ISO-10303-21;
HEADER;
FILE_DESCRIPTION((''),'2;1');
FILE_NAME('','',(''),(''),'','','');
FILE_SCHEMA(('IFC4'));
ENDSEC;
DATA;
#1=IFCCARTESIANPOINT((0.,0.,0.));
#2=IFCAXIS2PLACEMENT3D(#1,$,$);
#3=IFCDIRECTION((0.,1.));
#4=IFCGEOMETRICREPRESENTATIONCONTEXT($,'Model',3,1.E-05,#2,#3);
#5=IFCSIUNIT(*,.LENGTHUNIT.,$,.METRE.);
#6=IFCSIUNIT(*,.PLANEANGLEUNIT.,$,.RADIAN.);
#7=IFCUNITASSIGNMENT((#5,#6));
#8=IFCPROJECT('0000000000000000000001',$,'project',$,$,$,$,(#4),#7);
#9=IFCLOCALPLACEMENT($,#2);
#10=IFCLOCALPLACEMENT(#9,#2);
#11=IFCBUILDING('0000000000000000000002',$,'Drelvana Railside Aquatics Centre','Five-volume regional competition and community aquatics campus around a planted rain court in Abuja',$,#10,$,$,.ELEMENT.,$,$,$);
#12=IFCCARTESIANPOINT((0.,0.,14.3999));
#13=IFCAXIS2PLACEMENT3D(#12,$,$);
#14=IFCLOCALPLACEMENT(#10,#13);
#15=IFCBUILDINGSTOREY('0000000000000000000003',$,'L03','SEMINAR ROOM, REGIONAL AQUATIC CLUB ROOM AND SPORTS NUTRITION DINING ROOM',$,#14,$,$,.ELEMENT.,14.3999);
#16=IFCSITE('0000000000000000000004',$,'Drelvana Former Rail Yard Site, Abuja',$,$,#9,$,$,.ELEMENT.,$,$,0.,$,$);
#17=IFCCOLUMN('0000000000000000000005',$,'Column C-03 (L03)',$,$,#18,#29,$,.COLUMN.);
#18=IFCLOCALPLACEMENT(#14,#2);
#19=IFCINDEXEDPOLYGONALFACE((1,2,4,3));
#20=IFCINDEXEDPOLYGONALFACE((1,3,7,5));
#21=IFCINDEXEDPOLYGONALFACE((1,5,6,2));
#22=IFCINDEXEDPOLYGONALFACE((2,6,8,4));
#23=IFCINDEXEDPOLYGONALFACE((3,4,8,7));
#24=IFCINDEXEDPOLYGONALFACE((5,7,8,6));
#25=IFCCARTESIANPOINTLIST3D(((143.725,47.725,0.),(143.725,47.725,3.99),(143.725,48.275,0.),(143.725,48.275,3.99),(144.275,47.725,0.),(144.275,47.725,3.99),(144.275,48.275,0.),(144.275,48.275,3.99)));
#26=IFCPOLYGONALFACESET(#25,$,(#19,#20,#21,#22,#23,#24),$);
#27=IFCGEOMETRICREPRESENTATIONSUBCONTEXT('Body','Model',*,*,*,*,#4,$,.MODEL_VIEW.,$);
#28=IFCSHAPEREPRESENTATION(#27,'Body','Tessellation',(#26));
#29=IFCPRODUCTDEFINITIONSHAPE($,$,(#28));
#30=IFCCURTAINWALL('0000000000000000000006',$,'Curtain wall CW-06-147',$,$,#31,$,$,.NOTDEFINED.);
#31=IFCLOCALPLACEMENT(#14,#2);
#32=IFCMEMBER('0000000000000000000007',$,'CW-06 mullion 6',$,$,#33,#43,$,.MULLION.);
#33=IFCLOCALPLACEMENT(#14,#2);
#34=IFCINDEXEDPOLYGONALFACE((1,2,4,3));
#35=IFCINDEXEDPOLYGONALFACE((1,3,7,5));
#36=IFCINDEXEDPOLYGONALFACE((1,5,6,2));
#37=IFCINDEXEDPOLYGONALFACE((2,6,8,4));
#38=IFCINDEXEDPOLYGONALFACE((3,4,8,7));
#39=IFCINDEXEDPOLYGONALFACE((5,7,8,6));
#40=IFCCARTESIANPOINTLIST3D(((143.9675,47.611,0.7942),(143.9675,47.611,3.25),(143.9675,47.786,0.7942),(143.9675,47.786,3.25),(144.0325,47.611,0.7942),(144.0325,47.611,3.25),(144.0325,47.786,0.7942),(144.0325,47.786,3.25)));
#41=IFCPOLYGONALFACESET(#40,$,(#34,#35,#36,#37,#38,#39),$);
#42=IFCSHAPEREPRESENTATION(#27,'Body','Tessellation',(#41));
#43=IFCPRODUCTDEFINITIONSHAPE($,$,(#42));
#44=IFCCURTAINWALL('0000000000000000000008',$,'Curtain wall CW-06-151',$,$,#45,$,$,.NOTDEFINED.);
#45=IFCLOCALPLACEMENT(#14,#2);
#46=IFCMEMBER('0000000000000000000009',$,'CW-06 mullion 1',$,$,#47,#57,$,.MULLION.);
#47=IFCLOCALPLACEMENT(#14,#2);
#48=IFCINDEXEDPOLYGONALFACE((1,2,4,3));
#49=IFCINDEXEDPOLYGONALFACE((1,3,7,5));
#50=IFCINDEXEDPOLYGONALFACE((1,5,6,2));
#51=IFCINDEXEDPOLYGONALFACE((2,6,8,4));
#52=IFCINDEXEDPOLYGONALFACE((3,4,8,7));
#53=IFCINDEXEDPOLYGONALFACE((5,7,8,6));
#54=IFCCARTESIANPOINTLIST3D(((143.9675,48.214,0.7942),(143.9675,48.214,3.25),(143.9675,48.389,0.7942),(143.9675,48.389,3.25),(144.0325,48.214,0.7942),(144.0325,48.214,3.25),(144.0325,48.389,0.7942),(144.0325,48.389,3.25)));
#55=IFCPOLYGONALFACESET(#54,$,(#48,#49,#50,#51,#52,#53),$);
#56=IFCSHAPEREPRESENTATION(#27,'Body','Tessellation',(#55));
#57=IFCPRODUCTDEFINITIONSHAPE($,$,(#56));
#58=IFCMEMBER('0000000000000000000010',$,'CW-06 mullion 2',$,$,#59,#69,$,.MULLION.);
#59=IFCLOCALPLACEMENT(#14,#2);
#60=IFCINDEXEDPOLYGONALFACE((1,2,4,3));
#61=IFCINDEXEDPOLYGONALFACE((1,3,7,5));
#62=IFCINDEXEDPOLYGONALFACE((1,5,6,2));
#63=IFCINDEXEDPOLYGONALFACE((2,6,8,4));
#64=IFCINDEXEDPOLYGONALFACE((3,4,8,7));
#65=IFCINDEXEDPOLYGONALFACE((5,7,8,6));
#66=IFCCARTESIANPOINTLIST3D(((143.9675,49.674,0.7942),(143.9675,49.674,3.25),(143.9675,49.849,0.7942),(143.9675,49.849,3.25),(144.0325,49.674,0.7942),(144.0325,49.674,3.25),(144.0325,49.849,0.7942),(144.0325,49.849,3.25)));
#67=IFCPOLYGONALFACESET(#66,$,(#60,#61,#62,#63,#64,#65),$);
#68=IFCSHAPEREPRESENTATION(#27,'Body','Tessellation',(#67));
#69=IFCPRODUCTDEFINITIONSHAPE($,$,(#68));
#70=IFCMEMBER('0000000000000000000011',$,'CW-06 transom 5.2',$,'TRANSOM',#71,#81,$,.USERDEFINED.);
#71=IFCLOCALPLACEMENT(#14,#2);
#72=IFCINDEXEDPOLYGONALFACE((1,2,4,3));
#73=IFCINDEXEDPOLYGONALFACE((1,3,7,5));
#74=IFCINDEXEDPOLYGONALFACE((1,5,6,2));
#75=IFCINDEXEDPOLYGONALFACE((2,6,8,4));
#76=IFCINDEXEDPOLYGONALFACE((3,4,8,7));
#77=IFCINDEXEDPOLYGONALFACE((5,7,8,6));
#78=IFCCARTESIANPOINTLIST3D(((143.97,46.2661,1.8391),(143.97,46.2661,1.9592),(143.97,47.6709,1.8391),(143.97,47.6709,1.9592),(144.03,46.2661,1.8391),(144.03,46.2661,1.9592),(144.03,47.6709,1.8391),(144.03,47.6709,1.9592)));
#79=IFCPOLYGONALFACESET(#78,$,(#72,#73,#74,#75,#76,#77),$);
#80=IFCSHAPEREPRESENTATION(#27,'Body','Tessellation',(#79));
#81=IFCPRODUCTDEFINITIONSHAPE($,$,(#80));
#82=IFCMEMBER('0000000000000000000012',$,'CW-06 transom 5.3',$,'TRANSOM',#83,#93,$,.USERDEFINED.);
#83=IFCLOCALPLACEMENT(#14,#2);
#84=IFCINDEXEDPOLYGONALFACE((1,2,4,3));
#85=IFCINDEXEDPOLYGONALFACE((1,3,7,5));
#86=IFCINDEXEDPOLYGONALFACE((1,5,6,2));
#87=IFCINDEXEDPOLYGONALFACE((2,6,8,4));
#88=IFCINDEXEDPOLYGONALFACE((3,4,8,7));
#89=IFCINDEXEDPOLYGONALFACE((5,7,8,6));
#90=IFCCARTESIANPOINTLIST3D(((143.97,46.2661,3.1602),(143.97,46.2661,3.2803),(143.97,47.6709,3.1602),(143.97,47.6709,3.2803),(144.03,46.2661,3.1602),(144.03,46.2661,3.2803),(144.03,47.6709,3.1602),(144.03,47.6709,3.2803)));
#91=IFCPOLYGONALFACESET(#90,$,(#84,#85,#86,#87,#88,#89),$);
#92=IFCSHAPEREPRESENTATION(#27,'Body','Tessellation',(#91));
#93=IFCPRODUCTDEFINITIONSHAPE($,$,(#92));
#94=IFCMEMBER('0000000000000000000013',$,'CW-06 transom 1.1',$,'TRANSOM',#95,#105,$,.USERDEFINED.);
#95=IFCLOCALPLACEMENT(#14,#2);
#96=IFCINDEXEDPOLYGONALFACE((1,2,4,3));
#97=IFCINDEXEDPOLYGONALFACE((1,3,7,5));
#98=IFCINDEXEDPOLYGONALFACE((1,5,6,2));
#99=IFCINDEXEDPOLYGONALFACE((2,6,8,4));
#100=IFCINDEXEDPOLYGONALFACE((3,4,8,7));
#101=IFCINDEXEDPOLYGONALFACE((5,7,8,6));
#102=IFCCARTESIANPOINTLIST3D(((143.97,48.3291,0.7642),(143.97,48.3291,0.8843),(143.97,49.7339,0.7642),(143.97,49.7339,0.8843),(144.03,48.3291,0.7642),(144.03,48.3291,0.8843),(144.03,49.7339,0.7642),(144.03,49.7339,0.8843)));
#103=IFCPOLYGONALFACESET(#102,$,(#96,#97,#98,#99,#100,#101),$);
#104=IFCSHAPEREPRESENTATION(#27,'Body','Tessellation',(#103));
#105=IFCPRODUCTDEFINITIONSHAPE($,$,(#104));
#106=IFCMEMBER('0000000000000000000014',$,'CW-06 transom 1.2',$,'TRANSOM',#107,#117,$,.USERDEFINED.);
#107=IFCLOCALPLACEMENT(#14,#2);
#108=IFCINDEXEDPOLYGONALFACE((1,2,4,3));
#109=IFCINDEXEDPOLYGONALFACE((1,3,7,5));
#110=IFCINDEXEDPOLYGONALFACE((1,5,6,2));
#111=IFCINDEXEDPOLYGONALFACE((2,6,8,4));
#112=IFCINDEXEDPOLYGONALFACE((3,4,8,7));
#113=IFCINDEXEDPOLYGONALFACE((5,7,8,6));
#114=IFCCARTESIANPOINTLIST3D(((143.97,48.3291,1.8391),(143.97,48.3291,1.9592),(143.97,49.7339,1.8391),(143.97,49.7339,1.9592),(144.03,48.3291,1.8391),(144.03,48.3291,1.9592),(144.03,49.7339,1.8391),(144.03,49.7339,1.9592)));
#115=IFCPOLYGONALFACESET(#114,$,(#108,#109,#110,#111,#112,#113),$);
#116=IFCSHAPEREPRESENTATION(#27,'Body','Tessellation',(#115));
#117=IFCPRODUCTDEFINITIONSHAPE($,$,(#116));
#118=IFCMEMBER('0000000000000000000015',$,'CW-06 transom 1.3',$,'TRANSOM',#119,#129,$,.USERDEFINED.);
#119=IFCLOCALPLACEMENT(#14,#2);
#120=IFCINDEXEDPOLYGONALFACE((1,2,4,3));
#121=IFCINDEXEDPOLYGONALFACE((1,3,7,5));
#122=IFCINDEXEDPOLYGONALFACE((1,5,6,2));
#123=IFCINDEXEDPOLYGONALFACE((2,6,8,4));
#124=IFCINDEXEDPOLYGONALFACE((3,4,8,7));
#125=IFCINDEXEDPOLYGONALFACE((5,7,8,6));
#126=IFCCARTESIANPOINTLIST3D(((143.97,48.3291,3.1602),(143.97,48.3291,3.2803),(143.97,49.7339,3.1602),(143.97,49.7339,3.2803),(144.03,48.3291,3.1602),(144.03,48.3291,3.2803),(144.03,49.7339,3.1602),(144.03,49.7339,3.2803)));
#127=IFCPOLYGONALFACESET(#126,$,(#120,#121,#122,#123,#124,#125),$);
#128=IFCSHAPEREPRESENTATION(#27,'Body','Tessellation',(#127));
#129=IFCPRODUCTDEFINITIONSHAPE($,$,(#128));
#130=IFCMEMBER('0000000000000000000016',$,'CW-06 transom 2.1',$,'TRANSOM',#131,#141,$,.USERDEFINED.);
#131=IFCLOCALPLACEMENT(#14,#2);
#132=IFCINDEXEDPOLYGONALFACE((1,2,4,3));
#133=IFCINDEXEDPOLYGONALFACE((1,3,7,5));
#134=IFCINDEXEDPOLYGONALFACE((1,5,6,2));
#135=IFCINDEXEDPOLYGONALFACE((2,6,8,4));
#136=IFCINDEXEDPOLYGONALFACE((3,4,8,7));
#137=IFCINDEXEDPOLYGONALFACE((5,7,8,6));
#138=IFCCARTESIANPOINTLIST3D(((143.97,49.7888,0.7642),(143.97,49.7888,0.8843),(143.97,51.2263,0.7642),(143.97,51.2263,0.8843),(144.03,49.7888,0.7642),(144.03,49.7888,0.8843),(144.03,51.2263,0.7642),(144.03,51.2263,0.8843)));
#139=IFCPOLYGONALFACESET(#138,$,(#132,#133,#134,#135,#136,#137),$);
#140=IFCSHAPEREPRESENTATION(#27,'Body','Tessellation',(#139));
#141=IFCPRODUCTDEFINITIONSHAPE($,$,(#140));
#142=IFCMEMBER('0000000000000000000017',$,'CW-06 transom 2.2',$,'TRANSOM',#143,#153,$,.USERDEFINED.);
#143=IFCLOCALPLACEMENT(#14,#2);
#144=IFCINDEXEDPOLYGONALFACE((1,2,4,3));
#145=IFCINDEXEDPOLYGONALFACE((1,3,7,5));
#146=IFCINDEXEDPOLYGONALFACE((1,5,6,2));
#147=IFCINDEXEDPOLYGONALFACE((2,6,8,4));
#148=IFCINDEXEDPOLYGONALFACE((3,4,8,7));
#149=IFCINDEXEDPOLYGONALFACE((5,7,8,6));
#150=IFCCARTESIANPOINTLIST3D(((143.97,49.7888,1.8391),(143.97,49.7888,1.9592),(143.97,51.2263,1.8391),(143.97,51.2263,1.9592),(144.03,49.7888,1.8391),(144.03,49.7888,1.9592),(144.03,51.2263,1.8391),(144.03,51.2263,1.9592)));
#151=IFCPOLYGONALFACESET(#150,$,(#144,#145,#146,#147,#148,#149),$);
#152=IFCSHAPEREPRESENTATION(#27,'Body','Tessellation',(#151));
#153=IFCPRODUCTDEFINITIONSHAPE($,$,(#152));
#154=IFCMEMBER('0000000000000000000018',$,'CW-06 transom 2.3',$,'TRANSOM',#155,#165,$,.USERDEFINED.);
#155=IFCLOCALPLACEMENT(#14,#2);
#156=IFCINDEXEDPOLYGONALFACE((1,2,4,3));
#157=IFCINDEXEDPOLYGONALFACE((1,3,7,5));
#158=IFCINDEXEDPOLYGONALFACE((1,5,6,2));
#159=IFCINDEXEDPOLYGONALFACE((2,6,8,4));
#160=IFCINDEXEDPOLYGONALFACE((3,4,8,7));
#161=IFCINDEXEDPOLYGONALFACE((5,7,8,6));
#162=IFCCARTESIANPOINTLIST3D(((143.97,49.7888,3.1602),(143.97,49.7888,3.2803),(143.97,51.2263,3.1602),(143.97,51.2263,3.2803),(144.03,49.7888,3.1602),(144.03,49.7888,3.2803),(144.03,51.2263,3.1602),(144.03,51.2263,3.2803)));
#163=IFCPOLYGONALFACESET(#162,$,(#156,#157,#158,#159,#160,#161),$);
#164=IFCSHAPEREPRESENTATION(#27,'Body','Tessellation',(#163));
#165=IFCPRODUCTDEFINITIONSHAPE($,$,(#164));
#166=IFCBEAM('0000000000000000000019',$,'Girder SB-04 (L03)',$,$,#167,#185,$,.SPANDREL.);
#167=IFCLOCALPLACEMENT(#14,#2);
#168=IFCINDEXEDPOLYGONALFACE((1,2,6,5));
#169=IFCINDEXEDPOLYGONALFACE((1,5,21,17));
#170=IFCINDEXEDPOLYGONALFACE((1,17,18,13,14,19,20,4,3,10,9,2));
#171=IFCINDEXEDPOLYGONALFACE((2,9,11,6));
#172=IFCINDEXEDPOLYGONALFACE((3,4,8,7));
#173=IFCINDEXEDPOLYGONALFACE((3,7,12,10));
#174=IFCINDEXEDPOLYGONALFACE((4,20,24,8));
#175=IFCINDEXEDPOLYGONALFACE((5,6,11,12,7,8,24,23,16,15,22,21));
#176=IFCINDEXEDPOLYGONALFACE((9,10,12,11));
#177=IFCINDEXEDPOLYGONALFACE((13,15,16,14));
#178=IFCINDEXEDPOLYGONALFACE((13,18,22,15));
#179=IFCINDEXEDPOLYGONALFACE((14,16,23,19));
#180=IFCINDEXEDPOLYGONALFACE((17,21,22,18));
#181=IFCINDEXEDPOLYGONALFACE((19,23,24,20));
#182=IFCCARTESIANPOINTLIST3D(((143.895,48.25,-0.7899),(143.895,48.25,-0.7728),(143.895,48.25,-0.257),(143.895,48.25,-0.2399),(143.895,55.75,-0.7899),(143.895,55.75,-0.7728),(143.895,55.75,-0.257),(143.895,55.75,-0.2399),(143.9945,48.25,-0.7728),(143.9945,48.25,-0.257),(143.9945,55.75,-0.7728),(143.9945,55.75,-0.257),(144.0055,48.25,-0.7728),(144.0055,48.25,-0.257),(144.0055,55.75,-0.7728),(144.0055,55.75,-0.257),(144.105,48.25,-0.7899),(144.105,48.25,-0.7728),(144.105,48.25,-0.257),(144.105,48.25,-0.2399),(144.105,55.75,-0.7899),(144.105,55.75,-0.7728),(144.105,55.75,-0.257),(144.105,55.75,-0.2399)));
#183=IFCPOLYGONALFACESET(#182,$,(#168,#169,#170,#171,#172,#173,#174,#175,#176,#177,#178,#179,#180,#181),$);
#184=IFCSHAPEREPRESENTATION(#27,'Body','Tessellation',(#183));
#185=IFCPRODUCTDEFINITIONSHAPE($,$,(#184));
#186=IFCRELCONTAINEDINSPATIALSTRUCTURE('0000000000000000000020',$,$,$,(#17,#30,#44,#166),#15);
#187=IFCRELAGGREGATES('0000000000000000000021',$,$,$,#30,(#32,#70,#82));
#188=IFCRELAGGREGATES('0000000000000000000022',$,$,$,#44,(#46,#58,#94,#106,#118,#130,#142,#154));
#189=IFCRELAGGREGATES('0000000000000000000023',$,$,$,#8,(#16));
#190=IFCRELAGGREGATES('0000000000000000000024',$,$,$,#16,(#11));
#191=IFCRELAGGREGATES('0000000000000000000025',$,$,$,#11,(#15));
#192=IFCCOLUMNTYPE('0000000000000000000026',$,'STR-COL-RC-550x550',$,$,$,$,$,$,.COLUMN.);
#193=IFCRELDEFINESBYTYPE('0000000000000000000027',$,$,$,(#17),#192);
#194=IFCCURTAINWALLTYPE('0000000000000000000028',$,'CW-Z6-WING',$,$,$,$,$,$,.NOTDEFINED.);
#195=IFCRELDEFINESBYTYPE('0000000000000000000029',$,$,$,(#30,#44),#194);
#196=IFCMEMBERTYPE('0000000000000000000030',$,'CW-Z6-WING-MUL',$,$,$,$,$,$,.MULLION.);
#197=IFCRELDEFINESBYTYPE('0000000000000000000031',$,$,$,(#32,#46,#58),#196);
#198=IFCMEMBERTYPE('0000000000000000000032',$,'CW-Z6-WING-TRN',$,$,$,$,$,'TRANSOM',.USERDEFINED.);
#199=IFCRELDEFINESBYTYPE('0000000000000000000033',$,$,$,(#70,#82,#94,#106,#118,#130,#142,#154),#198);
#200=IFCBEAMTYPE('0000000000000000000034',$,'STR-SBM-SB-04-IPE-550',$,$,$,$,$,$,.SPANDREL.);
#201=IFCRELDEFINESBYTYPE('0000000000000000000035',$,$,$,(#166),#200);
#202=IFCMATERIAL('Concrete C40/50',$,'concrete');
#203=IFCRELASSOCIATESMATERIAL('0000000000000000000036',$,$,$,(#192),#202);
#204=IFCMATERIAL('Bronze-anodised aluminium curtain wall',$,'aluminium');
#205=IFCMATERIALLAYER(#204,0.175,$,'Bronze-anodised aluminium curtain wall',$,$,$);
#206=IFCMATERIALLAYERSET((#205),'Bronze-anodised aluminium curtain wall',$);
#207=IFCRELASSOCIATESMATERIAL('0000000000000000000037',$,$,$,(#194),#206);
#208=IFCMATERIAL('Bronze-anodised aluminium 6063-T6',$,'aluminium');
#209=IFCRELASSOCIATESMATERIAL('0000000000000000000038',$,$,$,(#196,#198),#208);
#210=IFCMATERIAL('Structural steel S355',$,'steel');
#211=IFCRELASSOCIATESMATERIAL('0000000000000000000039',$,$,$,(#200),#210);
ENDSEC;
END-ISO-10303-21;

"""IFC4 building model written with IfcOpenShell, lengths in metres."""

from ifc_helpers import new_model, si_unit, direction, frame, origin, origin_2d, place, context, subcontext, project, spatial, rectangle, i_section, extrude, material, layer, layer_set, material_profile, profile_set, type_object, element, aggregate, save


model = new_model("IFC4")

# Units and contexts
model_context = context("Model", 3, precision=1e-05, world=origin(), true_north=direction((0.0, 1.0)))
body_context = subcontext(model_context, "Body", "Model", "MODEL_VIEW")
ifc_project = project(units=[si_unit("LENGTHUNIT", "METRE"), si_unit("PLANEANGLEUNIT", "RADIAN")], contexts=[model_context])

# Site, building, storey
site_placement = place(None, origin())
site = spatial("IfcSite", under=ifc_project, at=site_placement, Name="Drelvana Former Rail Yard Site, Abuja", CompositionType="ELEMENT", RefElevation=0.0)
building_placement = place(site_placement, origin())
building = spatial("IfcBuilding", under=site, at=building_placement, Name="Drelvana Railside Aquatics Centre", Description="Five-volume regional competition and community aquatics campus around a planted rain court in Abuja", CompositionType="ELEMENT")
storey_placement = place(building_placement, frame((0.0, 0.0, 14.3999)))
storey = spatial("IfcBuildingStorey", under=building, at=storey_placement, Name="L03", Description="SEMINAR ROOM, REGIONAL AQUATIC CLUB ROOM AND SPORTS NUTRITION DINING ROOM", CompositionType="ELEMENT", Elevation=14.3999)

# Column
ifc_material_1 = material(Name="Concrete C40/50", Category="concrete")
ifc_material_profile_1 = material_profile(ifc_material_1, rectangle(XDim=0.55, YDim=0.55, at=origin_2d()), Name="RC 550x550")
ifc_profile_set_1 = profile_set([ifc_material_profile_1], Name="Concrete C40/50")
column_type = type_object("IfcColumnType", Name="STR-COL-RC-550x550", PredefinedType="COLUMN", material=ifc_profile_set_1)
column_placement = place(storey_placement, frame((144.0, 48.0, 0.0), z_axis=(0.0, 0.0, 1.0), x_axis=(1.0, 0.0, 0.0)))
element("IfcColumn", 1, at=column_placement, inside=storey, type_object=column_type, Name="Column C-03 (L03)", PredefinedType="COLUMN", context=body_context, shape_type="SweptSolid", body=[
    extrude(rectangle(XDim=0.55, YDim=0.55, at=origin_2d()), origin(), (0.0, 0.0, 1.0), 3.99),
])

# Curtain wall, member
ifc_material_2 = material(Name="Bronze-anodised aluminium curtain wall", Category="aluminium")
ifc_layer_1 = layer(ifc_material_2, 0.175, Name="Bronze-anodised aluminium curtain wall")
ifc_layer_set_1 = layer_set([ifc_layer_1], Name="Bronze-anodised aluminium curtain wall")
curtain_wall_type = type_object("IfcCurtainWallType", Name="CW-Z6-WING", PredefinedType="NOTDEFINED", material=ifc_layer_set_1)
curtain_wall_1_placement = place(storey_placement, origin())
curtain_wall_1 = element("IfcCurtainWall", 2, at=curtain_wall_1_placement, inside=storey, type_object=curtain_wall_type, Name="Curtain wall CW-06-147", PredefinedType="NOTDEFINED")
ifc_material_3 = material(Name="Bronze-anodised aluminium 6063-T6", Category="aluminium")
ifc_material_profile_2 = material_profile(ifc_material_3, rectangle(XDim=0.0649, YDim=0.175, at=origin_2d()), Name="ALU-M 65x175")
ifc_profile_set_2 = profile_set([ifc_material_profile_2], Name="Bronze-anodised aluminium 6063-T6")
member_type_1 = type_object("IfcMemberType", Name="CW-Z6-WING-MUL", PredefinedType="MULLION", material=ifc_profile_set_2)
member_1_placement = place(storey_placement, frame((144.0, 47.6985, 0.7942), z_axis=(0.0, 0.0, 1.0), x_axis=(-1.0, 0.0, 0.0)))
member_1 = element("IfcMember", 3, at=member_1_placement, type_object=member_type_1, Name="CW-06 mullion 6", PredefinedType="MULLION", context=body_context, shape_type="SweptSolid", body=[
    extrude(rectangle(XDim=0.0649, YDim=0.175, at=origin_2d()), origin(), (0.0, 0.0, 1.0), 2.4558),
])

# Curtain wall, members
curtain_wall_2_placement = place(storey_placement, origin())
curtain_wall_2 = element("IfcCurtainWall", 4, at=curtain_wall_2_placement, inside=storey, type_object=curtain_wall_type, Name="Curtain wall CW-06-151", PredefinedType="NOTDEFINED")
member_2_placement = place(storey_placement, frame((144.0, 48.3015, 0.7942), z_axis=(0.0, 0.0, 1.0), x_axis=(-1.0, 0.0, 0.0)))
member_2 = element("IfcMember", 5, at=member_2_placement, type_object=member_type_1, Name="CW-06 mullion 1", PredefinedType="MULLION", context=body_context, shape_type="SweptSolid", body=[
    extrude(rectangle(XDim=0.0649, YDim=0.175, at=origin_2d()), origin(), (0.0, 0.0, 1.0), 2.4558),
])
member_3_placement = place(storey_placement, frame((144.0, 49.7615, 0.7942), z_axis=(0.0, 0.0, 1.0), x_axis=(-1.0, 0.0, 0.0)))
member_3 = element("IfcMember", 6, at=member_3_placement, type_object=member_type_1, Name="CW-06 mullion 2", PredefinedType="MULLION", context=body_context, shape_type="SweptSolid", body=[
    extrude(rectangle(XDim=0.0649, YDim=0.175, at=origin_2d()), origin(), (0.0, 0.0, 1.0), 2.4558),
])

# Members
ifc_material_profile_3 = material_profile(ifc_material_3, rectangle(XDim=0.1201, YDim=0.0601, at=origin_2d()), Name="ALU-T 60x120")
ifc_profile_set_3 = profile_set([ifc_material_profile_3], Name="Bronze-anodised aluminium 6063-T6")
member_type_2 = type_object("IfcMemberType", Name="CW-Z6-WING-TRN", ElementType="TRANSOM", PredefinedType="USERDEFINED", material=ifc_profile_set_3)
member_4_placement = place(storey_placement, frame((144.0, 46.2661, 1.8992), z_axis=(0.0, 1.0, 0.0), x_axis=(0.0, 0.0, 1.0)))
member_4 = element("IfcMember", 7, at=member_4_placement, type_object=member_type_2, Name="CW-06 transom 5.2", ObjectType="TRANSOM", PredefinedType="USERDEFINED", context=body_context, shape_type="SweptSolid", body=[
    extrude(rectangle(XDim=0.1201, YDim=0.0601, at=origin_2d()), origin(), (0.0, 0.0, 1.0), 1.4048),
])
member_5_placement = place(storey_placement, frame((144.0, 46.2661, 3.2202), z_axis=(0.0, 1.0, 0.0), x_axis=(0.0, 0.0, 1.0)))
member_5 = element("IfcMember", 8, at=member_5_placement, type_object=member_type_2, Name="CW-06 transom 5.3", ObjectType="TRANSOM", PredefinedType="USERDEFINED", context=body_context, shape_type="SweptSolid", body=[
    extrude(rectangle(XDim=0.1201, YDim=0.0601, at=origin_2d()), origin(), (0.0, 0.0, 1.0), 1.4048),
])
member_6_placement = place(storey_placement, frame((144.0, 48.3291, 0.8242), z_axis=(0.0, 1.0, 0.0), x_axis=(0.0, 0.0, 1.0)))
member_6 = element("IfcMember", 9, at=member_6_placement, type_object=member_type_2, Name="CW-06 transom 1.1", ObjectType="TRANSOM", PredefinedType="USERDEFINED", context=body_context, shape_type="SweptSolid", body=[
    extrude(rectangle(XDim=0.1201, YDim=0.0601, at=origin_2d()), origin(), (0.0, 0.0, 1.0), 1.4048),
])
member_7_placement = place(storey_placement, frame((144.0, 48.3291, 1.8992), z_axis=(0.0, 1.0, 0.0), x_axis=(0.0, 0.0, 1.0)))
member_7 = element("IfcMember", 10, at=member_7_placement, type_object=member_type_2, Name="CW-06 transom 1.2", ObjectType="TRANSOM", PredefinedType="USERDEFINED", context=body_context, shape_type="SweptSolid", body=[
    extrude(rectangle(XDim=0.1201, YDim=0.0601, at=origin_2d()), origin(), (0.0, 0.0, 1.0), 1.4048),
])
member_8_placement = place(storey_placement, frame((144.0, 48.3291, 3.2202), z_axis=(0.0, 1.0, 0.0), x_axis=(0.0, 0.0, 1.0)))
member_8 = element("IfcMember", 11, at=member_8_placement, type_object=member_type_2, Name="CW-06 transom 1.3", ObjectType="TRANSOM", PredefinedType="USERDEFINED", context=body_context, shape_type="SweptSolid", body=[
    extrude(rectangle(XDim=0.1201, YDim=0.0601, at=origin_2d()), origin(), (0.0, 0.0, 1.0), 1.4048),
])
member_9_placement = place(storey_placement, frame((144.0, 49.7888, 0.8242), z_axis=(0.0, 1.0, 0.0), x_axis=(0.0, 0.0, 1.0)))
member_9 = element("IfcMember", 12, at=member_9_placement, type_object=member_type_2, Name="CW-06 transom 2.1", ObjectType="TRANSOM", PredefinedType="USERDEFINED", context=body_context, shape_type="SweptSolid", body=[
    extrude(rectangle(XDim=0.1201, YDim=0.0601, at=origin_2d()), origin(), (0.0, 0.0, 1.0), 1.4375),
])
member_10_placement = place(storey_placement, frame((144.0, 49.7888, 1.8992), z_axis=(0.0, 1.0, 0.0), x_axis=(0.0, 0.0, 1.0)))
member_10 = element("IfcMember", 13, at=member_10_placement, type_object=member_type_2, Name="CW-06 transom 2.2", ObjectType="TRANSOM", PredefinedType="USERDEFINED", context=body_context, shape_type="SweptSolid", body=[
    extrude(rectangle(XDim=0.1201, YDim=0.0601, at=origin_2d()), origin(), (0.0, 0.0, 1.0), 1.4375),
])
member_11_placement = place(storey_placement, frame((144.0, 49.7888, 3.2202), z_axis=(0.0, 1.0, 0.0), x_axis=(0.0, 0.0, 1.0)))
member_11 = element("IfcMember", 14, at=member_11_placement, type_object=member_type_2, Name="CW-06 transom 2.3", ObjectType="TRANSOM", PredefinedType="USERDEFINED", context=body_context, shape_type="SweptSolid", body=[
    extrude(rectangle(XDim=0.1201, YDim=0.0601, at=origin_2d()), origin(), (0.0, 0.0, 1.0), 1.4375),
])

# Beam
ifc_material_4 = material(Name="Structural steel S355", Category="steel")
ifc_material_profile_4 = material_profile(ifc_material_4, i_section(OverallWidth=0.21, OverallDepth=0.55, WebThickness=0.011, FlangeThickness=0.0171, at=origin_2d()), Name="IPE 550")
ifc_profile_set_4 = profile_set([ifc_material_profile_4], Name="Structural steel S355")
beam_type = type_object("IfcBeamType", Name="STR-SBM-SB-04-IPE-550", PredefinedType="SPANDREL", material=ifc_profile_set_4)
beam_placement = place(storey_placement, frame((144.0, 48.25, -0.5149), z_axis=(0.0, 1.0, 0.0), x_axis=(-1.0, 0.0, 0.0)))
element("IfcBeam", 15, at=beam_placement, inside=storey, type_object=beam_type, Name="Girder SB-04 (L03)", PredefinedType="SPANDREL", context=body_context, shape_type="SweptSolid", body=[
    extrude(i_section(OverallWidth=0.21, OverallDepth=0.55, WebThickness=0.011, FlangeThickness=0.0171, at=origin_2d()), origin(), (0.0, 0.0, 1.0), 7.5),
])

aggregate(curtain_wall_1, [member_1, member_4, member_5])
aggregate(curtain_wall_2, [member_2, member_3, member_6, member_7, member_8, member_9, member_10, member_11])

save(model, "model.ifc")
